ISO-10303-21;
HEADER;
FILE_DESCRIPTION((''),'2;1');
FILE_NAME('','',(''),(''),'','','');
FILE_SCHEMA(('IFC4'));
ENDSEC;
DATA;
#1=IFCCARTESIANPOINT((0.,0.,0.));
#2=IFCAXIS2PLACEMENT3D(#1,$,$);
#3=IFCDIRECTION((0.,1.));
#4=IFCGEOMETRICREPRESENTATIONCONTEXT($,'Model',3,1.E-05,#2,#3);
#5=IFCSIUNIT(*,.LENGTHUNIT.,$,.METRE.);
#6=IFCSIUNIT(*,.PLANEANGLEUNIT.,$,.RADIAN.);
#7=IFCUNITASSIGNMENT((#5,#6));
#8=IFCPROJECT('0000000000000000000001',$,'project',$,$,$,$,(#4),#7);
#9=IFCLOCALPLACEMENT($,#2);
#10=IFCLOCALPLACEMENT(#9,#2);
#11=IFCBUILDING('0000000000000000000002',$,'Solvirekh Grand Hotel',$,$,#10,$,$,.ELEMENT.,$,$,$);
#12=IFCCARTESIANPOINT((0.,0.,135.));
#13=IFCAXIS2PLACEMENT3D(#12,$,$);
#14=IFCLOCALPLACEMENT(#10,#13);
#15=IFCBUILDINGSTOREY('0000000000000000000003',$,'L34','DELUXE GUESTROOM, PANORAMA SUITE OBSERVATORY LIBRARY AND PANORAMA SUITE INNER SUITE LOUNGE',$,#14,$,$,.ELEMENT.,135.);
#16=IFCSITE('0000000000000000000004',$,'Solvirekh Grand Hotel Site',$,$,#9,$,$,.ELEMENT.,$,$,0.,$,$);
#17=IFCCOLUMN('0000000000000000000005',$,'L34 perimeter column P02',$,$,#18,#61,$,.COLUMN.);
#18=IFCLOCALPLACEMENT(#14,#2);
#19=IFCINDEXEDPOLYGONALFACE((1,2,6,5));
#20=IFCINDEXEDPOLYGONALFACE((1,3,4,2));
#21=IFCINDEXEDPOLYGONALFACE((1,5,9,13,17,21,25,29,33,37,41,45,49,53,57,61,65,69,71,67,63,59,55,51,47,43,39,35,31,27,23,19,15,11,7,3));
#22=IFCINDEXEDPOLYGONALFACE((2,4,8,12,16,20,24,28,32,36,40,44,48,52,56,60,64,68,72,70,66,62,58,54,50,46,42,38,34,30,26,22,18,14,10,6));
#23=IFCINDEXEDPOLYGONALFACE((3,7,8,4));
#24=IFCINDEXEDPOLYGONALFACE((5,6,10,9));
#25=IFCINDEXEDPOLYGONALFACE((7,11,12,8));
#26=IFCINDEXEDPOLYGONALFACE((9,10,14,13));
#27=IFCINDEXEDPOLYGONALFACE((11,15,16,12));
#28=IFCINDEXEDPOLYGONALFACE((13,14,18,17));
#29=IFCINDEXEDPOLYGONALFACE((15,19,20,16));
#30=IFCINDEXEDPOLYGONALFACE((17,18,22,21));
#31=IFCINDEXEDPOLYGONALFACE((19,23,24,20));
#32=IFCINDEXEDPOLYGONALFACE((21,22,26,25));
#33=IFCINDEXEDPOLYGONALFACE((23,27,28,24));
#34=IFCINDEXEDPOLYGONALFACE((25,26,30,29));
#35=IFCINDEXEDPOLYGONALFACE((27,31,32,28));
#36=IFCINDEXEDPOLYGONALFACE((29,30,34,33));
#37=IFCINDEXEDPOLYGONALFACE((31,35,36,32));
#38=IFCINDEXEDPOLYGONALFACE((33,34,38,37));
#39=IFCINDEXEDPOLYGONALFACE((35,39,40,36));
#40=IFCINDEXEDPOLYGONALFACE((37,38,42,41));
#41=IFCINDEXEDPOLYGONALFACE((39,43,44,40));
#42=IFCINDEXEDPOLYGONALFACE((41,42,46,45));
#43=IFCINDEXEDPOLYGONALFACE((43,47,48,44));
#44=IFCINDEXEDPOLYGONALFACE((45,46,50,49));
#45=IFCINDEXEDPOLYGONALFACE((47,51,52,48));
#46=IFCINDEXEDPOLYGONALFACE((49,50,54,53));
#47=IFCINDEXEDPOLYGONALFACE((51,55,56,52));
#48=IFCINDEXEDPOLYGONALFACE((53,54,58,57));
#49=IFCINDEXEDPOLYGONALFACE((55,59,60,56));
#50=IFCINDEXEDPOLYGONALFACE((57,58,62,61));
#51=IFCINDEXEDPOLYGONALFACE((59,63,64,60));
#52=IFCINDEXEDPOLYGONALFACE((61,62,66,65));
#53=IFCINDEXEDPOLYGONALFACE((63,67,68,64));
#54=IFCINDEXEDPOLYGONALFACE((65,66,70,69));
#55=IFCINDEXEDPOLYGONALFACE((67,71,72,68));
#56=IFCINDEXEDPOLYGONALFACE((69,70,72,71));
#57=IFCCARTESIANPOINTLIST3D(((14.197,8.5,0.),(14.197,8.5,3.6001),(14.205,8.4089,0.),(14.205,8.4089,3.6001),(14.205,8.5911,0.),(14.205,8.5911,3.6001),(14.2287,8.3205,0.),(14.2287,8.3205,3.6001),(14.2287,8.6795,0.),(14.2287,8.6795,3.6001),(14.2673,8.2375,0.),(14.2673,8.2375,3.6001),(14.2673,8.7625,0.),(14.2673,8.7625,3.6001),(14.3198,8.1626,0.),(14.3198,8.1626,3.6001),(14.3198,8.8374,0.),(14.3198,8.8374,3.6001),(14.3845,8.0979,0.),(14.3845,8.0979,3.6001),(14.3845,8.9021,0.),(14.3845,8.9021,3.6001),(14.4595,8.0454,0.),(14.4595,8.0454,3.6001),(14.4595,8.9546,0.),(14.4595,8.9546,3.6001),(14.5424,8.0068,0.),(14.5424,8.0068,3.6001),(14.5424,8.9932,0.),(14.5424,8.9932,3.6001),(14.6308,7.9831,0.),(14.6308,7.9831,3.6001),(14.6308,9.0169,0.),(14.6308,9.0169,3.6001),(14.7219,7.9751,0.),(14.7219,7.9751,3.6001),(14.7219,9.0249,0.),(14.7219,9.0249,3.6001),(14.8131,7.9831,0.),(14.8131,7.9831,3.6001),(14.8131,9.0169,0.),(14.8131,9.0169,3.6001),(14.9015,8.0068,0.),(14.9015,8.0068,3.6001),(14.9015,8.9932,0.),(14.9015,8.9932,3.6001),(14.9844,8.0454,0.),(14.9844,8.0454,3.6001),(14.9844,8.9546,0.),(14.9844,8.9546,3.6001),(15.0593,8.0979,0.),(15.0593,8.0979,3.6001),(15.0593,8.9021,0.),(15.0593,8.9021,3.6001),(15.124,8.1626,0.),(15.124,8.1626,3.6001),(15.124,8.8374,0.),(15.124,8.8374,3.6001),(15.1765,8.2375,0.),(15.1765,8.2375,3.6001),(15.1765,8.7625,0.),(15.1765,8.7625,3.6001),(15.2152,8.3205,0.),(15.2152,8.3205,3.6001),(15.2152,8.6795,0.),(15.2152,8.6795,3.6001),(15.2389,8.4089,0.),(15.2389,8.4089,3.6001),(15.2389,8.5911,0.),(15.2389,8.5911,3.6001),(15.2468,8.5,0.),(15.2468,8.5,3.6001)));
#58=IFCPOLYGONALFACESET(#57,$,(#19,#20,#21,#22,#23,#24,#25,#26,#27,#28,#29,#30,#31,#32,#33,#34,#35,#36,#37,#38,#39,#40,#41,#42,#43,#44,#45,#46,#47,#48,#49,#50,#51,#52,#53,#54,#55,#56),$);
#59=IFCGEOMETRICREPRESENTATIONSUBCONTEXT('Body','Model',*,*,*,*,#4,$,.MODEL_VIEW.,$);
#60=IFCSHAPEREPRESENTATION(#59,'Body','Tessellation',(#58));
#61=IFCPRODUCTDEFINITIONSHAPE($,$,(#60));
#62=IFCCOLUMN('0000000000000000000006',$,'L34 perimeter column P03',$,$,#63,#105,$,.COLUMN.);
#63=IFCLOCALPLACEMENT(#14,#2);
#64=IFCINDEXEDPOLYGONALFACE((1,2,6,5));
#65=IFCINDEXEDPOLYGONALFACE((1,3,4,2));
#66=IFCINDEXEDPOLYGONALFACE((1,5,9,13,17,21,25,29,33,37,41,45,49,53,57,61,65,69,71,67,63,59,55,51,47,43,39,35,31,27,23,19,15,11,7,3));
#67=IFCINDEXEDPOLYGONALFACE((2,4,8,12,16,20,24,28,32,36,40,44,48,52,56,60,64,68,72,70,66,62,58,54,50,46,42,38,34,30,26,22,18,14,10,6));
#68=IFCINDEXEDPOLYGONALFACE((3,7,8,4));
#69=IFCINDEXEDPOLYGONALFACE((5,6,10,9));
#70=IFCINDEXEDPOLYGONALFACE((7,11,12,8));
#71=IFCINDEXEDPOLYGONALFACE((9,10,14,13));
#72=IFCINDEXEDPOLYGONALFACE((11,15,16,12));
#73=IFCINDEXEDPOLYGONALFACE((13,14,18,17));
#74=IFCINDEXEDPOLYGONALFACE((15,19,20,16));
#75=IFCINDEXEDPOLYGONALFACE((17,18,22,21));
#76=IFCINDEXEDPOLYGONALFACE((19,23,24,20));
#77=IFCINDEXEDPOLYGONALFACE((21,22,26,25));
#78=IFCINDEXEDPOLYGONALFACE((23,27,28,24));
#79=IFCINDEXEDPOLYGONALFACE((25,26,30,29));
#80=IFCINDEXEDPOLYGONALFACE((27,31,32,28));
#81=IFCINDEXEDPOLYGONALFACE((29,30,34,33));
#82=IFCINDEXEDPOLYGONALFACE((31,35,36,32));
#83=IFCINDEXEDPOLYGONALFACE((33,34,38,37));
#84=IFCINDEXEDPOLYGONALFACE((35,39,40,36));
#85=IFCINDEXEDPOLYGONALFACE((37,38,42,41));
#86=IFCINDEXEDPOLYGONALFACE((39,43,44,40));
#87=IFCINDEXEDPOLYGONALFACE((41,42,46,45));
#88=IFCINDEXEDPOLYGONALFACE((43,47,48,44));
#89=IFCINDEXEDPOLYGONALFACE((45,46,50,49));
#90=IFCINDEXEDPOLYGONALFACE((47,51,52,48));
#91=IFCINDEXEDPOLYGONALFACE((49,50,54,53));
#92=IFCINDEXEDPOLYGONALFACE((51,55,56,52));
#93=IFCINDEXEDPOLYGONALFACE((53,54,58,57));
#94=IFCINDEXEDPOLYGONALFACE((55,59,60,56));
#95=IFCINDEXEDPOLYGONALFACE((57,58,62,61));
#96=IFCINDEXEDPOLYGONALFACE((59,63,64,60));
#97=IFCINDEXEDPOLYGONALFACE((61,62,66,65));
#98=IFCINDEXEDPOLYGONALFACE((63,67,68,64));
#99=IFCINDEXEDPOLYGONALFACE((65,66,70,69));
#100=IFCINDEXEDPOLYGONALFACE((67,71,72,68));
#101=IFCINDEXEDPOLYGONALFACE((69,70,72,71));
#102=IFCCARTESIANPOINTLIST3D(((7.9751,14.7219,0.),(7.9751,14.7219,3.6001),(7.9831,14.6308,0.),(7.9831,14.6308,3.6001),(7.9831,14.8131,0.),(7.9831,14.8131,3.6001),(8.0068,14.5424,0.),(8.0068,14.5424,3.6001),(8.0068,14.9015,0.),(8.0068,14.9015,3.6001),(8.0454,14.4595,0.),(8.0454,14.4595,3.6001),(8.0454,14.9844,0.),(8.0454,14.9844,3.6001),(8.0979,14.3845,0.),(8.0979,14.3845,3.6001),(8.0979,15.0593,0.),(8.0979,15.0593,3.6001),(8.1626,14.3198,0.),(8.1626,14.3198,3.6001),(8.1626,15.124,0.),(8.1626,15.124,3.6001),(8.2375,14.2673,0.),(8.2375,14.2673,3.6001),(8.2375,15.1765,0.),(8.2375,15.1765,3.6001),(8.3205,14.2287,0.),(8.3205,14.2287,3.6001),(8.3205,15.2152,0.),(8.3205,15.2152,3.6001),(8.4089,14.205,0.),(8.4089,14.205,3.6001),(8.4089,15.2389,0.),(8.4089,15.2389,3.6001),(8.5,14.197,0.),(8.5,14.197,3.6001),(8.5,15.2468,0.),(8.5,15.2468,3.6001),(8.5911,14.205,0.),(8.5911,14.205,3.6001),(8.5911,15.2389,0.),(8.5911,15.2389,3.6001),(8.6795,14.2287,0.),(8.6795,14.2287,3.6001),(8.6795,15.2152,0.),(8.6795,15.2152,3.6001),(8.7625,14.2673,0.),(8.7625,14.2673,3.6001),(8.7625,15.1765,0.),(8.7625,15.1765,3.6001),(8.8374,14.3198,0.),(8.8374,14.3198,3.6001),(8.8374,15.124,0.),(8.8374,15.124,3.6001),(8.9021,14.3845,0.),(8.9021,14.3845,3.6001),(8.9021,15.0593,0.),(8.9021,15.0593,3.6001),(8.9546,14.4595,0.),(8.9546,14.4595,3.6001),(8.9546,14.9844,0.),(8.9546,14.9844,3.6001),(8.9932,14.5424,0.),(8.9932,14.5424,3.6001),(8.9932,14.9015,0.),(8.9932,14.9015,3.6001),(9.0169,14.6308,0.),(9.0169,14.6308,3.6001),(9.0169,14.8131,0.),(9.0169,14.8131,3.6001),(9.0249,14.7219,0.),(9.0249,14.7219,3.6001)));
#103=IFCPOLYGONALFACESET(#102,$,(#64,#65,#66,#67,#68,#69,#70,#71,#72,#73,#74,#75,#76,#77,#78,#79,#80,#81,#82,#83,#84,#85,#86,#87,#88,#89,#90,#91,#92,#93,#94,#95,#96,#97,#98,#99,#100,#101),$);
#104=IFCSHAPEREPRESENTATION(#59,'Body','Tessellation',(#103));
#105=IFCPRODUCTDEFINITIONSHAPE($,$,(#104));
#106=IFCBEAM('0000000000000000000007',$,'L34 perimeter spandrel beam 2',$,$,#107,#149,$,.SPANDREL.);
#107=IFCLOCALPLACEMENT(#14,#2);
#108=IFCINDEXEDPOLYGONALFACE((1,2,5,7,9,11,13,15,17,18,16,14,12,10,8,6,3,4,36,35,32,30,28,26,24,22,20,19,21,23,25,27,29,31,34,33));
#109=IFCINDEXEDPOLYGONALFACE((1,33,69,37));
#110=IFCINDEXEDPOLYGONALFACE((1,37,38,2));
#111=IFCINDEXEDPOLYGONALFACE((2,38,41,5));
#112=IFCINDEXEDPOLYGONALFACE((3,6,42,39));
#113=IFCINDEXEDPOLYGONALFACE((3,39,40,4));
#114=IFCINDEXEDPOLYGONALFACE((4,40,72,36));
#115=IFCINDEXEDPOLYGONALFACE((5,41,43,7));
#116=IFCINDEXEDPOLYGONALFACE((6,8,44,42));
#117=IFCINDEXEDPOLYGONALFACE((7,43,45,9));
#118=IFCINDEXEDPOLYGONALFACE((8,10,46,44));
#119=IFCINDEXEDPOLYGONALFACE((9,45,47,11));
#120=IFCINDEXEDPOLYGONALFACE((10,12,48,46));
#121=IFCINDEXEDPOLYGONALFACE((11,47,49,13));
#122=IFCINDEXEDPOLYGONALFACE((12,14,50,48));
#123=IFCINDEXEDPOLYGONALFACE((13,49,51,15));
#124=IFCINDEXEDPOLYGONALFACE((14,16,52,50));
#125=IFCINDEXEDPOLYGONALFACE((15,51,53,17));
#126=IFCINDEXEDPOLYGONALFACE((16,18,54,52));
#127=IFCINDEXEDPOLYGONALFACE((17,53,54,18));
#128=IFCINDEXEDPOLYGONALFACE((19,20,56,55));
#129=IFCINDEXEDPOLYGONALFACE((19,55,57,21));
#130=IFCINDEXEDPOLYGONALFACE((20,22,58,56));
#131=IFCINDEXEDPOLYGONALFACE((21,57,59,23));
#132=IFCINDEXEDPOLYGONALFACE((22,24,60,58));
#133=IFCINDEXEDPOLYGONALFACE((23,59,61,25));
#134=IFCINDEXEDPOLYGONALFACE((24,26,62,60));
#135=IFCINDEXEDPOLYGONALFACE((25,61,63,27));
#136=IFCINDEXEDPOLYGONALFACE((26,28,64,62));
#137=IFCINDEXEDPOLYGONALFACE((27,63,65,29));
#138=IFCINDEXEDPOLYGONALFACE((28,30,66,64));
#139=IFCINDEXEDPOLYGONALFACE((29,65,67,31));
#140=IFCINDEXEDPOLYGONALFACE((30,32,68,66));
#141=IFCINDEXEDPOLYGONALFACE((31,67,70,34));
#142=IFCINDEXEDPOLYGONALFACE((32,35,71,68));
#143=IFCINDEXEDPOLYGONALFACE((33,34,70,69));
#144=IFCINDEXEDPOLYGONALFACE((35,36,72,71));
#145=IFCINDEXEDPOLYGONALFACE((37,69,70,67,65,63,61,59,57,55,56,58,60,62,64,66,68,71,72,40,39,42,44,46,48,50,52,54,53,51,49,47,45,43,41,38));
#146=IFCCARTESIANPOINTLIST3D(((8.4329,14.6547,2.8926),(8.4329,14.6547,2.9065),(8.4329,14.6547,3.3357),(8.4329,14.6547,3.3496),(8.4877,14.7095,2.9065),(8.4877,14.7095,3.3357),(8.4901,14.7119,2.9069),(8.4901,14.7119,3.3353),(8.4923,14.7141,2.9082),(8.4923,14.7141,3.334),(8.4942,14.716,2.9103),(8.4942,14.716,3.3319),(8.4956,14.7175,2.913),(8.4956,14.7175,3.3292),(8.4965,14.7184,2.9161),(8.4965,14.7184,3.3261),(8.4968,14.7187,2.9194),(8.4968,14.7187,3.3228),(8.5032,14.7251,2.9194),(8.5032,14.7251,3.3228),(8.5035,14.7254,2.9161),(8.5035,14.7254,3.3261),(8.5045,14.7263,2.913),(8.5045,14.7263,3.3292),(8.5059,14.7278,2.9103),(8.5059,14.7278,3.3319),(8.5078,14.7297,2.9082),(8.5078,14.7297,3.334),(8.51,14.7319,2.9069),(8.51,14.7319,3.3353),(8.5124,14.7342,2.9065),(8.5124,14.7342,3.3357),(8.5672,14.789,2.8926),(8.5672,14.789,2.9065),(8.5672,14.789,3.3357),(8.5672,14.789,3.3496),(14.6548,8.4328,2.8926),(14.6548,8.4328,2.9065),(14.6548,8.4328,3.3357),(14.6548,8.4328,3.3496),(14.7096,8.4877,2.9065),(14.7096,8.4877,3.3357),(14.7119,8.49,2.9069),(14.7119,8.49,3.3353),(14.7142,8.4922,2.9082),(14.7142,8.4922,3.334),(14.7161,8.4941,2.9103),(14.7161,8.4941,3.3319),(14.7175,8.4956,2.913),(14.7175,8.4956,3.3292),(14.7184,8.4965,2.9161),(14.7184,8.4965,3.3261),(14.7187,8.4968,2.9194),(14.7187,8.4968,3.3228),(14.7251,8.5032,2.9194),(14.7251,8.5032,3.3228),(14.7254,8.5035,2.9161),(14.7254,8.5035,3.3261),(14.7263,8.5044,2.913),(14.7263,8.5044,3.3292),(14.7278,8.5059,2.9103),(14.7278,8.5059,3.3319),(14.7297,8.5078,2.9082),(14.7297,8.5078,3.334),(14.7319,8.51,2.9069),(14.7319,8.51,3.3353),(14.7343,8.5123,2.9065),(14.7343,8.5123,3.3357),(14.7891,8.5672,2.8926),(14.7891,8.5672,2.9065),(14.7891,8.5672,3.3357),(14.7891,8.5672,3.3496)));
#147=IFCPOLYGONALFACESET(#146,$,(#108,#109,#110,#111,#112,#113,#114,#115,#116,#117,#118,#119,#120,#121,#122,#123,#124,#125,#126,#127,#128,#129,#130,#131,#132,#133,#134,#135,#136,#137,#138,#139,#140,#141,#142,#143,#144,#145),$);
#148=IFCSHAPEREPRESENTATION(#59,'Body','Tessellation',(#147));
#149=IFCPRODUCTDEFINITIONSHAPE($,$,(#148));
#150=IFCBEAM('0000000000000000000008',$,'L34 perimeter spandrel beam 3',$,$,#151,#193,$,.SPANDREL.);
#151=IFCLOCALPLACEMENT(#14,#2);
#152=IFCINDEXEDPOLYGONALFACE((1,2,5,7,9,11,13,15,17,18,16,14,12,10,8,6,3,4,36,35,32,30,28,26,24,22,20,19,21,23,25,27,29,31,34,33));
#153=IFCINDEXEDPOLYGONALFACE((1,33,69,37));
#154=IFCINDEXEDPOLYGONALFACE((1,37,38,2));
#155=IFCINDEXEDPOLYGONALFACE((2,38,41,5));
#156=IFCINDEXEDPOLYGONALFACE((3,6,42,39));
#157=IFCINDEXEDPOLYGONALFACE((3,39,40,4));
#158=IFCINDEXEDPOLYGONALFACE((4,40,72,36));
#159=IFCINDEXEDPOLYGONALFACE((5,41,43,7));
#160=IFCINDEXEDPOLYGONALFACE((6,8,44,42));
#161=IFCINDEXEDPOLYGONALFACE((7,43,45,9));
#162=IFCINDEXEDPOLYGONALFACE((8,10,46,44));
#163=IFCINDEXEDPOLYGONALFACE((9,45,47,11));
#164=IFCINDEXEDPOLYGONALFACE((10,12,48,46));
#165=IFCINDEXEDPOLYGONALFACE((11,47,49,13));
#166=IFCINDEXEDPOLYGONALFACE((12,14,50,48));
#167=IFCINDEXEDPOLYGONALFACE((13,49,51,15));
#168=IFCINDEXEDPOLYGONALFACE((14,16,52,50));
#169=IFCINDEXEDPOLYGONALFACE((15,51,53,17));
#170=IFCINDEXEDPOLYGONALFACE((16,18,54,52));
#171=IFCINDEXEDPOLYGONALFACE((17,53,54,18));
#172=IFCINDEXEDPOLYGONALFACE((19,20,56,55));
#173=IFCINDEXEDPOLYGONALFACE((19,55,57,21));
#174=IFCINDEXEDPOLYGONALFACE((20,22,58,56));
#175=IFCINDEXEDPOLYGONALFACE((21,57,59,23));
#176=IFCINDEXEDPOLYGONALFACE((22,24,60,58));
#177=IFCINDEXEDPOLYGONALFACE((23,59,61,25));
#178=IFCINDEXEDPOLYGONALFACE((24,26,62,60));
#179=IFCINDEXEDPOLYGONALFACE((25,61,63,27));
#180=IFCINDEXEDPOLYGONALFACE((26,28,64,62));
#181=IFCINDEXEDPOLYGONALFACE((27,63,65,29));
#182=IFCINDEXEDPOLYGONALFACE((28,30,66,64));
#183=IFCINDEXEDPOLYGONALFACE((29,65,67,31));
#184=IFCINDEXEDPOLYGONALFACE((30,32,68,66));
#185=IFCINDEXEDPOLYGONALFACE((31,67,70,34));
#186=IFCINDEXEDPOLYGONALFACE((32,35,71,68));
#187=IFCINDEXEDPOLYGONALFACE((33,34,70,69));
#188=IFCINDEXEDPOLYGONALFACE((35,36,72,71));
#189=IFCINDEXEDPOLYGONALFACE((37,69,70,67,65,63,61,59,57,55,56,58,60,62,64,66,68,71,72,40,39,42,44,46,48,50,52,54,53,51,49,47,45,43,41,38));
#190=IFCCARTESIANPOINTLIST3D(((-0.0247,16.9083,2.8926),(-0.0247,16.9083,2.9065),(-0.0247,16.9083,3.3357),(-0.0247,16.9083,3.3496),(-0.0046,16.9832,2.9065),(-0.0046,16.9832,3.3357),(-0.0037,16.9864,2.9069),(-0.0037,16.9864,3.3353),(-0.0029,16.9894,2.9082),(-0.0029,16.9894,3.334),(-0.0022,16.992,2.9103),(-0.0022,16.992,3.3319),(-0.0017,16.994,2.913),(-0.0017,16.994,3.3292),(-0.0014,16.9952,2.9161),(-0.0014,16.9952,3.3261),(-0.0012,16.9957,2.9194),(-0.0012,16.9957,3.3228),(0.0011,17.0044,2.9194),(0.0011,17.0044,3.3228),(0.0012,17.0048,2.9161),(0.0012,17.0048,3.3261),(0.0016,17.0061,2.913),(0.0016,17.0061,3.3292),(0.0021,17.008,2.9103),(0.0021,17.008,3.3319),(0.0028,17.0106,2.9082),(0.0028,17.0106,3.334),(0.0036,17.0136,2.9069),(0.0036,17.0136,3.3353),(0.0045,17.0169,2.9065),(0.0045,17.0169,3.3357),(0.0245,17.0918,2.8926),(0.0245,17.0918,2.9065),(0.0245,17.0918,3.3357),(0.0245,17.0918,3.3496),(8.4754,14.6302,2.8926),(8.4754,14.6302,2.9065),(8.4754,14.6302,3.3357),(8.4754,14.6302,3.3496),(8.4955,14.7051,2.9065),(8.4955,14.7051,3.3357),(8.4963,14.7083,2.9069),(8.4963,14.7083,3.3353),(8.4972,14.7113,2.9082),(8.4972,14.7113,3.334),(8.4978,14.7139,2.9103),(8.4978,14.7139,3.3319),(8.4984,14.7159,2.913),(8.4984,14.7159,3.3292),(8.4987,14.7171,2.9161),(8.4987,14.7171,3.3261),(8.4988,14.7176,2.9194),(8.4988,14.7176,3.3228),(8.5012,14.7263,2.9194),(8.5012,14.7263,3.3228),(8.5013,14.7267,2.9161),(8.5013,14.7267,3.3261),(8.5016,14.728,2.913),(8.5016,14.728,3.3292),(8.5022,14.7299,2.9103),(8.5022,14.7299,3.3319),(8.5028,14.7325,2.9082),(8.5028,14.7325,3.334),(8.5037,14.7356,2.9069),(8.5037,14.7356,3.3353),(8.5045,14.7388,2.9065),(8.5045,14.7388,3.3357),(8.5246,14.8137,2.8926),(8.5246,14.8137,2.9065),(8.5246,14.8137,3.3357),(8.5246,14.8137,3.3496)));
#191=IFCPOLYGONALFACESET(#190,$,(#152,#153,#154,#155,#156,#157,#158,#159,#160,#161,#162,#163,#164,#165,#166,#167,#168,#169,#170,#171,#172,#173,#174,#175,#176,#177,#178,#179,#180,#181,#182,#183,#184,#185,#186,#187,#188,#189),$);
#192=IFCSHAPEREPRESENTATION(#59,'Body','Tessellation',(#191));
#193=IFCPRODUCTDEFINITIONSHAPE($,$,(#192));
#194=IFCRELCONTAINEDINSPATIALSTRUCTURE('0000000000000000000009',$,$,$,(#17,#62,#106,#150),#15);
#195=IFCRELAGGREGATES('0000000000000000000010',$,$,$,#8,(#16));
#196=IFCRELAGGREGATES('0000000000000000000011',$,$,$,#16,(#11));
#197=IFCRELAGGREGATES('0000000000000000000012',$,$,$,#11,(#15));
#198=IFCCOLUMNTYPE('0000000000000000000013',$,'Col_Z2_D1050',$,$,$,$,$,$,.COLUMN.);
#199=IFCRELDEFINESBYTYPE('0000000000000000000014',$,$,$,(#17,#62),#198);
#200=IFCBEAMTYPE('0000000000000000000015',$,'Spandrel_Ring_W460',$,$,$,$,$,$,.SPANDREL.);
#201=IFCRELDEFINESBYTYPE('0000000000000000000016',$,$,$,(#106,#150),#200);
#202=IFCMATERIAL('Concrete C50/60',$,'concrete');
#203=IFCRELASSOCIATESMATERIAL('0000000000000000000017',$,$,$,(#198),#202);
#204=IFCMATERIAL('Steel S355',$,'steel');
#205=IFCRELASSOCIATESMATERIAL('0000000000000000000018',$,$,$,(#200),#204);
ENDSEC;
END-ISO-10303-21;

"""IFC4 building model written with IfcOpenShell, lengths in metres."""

from ifc_helpers import new_model, si_unit, direction, frame, origin, origin_2d, place, context, subcontext, project, spatial, circle, i_section, extrude, material, material_profile, profile_set, type_object, element, save


model = new_model("IFC4")

# Units and contexts
model_context = context("Model", 3, precision=1e-05, world=origin(), true_north=direction((0.0, 1.0)))
body_context = subcontext(model_context, "Body", "Model", "MODEL_VIEW")
ifc_project = project(units=[si_unit("LENGTHUNIT", "METRE"), si_unit("PLANEANGLEUNIT", "RADIAN")], contexts=[model_context])

# Site, building, storey
site_placement = place(None, origin())
site = spatial("IfcSite", under=ifc_project, at=site_placement, Name="Solvirekh Grand Hotel Site", CompositionType="ELEMENT", RefElevation=0.0)
building_placement = place(site_placement, origin())
building = spatial("IfcBuilding", under=site, at=building_placement, Name="Solvirekh Grand Hotel", CompositionType="ELEMENT")
storey_placement = place(building_placement, frame((0.0, 0.0, 135.0)))
storey = spatial("IfcBuildingStorey", under=building, at=storey_placement, Name="L34", Description="DELUXE GUESTROOM, PANORAMA SUITE OBSERVATORY LIBRARY AND PANORAMA SUITE INNER SUITE LOUNGE", CompositionType="ELEMENT", Elevation=135.0)

# Columns
ifc_material_1 = material(Name="Concrete C50/60", Category="concrete")
ifc_material_profile_1 = material_profile(ifc_material_1, circle(Radius=0.5249, at=origin_2d()), Name="RC CIRC D1050")
ifc_profile_set_1 = profile_set([ifc_material_profile_1], Name="Concrete C50/60")
column_type = type_object("IfcColumnType", Name="Col_Z2_D1050", PredefinedType="COLUMN", material=ifc_profile_set_1)
for number, where, z_axis, x_axis, name in (
    (1, (14.7219, 8.5, 0.0), (0.0, 0.0, 1.0), (1.0, 0.0, 0.0), "L34 perimeter column P02"),
    (2, (8.5, 14.7219, 0.0), (0.0, 0.0, 1.0), (1.0, 0.0, 0.0), "L34 perimeter column P03"),
):
    element("IfcColumn", number, at=place(storey_placement, frame(where, z_axis=z_axis, x_axis=x_axis)), inside=storey, type_object=column_type, Name=name, PredefinedType="COLUMN", context=body_context, shape_type="SweptSolid", body=[
        extrude(circle(Radius=0.5249, at=origin_2d()), origin(), (0.0, 0.0, 1.0), 3.6001),
    ])

# Beams
ifc_material_2 = material(Name="Steel S355", Category="steel")
ifc_material_profile_2 = material_profile(ifc_material_2, i_section(OverallWidth=0.1899, OverallDepth=0.457, WebThickness=0.009, FlangeThickness=0.0139, FilletRadius=0.0129, at=origin_2d()), Name="W460X74")
ifc_profile_set_2 = profile_set([ifc_material_profile_2], Name="Steel S355")
beam_type = type_object("IfcBeamType", Name="Spandrel_Ring_W460", PredefinedType="SPANDREL", material=ifc_profile_set_2)
beam_1_placement = place(storey_placement, frame((14.7219, 8.5, 3.1211), z_axis=(-0.707107, 0.707107, 0.0), x_axis=(-0.707107, -0.707107, 0.0)))
element("IfcBeam", 3, at=beam_1_placement, inside=storey, type_object=beam_type, Name="L34 perimeter spandrel beam 2", PredefinedType="SPANDREL", context=body_context, shape_type="SweptSolid", body=[
    extrude(i_section(OverallWidth=0.1899, OverallDepth=0.457, WebThickness=0.009, FlangeThickness=0.0139, FilletRadius=0.0129, at=origin_2d()), origin(), (0.0, 0.0, 1.0), 8.7991),
])
beam_2_placement = place(storey_placement, frame((8.5, 14.7219, 3.1211), z_axis=(-0.965911, 0.258873, 0.0), x_axis=(-0.258873, -0.965911, 0.0)))
element("IfcBeam", 4, at=beam_2_placement, inside=storey, type_object=beam_type, Name="L34 perimeter spandrel beam 3", PredefinedType="SPANDREL", context=body_context, shape_type="SweptSolid", body=[
    extrude(i_section(OverallWidth=0.1899, OverallDepth=0.457, WebThickness=0.009, FlangeThickness=0.0139, FilletRadius=0.0129, at=origin_2d()), origin(), (0.0, 0.0, 1.0), 8.8),
])

save(model, "model.ifc")
